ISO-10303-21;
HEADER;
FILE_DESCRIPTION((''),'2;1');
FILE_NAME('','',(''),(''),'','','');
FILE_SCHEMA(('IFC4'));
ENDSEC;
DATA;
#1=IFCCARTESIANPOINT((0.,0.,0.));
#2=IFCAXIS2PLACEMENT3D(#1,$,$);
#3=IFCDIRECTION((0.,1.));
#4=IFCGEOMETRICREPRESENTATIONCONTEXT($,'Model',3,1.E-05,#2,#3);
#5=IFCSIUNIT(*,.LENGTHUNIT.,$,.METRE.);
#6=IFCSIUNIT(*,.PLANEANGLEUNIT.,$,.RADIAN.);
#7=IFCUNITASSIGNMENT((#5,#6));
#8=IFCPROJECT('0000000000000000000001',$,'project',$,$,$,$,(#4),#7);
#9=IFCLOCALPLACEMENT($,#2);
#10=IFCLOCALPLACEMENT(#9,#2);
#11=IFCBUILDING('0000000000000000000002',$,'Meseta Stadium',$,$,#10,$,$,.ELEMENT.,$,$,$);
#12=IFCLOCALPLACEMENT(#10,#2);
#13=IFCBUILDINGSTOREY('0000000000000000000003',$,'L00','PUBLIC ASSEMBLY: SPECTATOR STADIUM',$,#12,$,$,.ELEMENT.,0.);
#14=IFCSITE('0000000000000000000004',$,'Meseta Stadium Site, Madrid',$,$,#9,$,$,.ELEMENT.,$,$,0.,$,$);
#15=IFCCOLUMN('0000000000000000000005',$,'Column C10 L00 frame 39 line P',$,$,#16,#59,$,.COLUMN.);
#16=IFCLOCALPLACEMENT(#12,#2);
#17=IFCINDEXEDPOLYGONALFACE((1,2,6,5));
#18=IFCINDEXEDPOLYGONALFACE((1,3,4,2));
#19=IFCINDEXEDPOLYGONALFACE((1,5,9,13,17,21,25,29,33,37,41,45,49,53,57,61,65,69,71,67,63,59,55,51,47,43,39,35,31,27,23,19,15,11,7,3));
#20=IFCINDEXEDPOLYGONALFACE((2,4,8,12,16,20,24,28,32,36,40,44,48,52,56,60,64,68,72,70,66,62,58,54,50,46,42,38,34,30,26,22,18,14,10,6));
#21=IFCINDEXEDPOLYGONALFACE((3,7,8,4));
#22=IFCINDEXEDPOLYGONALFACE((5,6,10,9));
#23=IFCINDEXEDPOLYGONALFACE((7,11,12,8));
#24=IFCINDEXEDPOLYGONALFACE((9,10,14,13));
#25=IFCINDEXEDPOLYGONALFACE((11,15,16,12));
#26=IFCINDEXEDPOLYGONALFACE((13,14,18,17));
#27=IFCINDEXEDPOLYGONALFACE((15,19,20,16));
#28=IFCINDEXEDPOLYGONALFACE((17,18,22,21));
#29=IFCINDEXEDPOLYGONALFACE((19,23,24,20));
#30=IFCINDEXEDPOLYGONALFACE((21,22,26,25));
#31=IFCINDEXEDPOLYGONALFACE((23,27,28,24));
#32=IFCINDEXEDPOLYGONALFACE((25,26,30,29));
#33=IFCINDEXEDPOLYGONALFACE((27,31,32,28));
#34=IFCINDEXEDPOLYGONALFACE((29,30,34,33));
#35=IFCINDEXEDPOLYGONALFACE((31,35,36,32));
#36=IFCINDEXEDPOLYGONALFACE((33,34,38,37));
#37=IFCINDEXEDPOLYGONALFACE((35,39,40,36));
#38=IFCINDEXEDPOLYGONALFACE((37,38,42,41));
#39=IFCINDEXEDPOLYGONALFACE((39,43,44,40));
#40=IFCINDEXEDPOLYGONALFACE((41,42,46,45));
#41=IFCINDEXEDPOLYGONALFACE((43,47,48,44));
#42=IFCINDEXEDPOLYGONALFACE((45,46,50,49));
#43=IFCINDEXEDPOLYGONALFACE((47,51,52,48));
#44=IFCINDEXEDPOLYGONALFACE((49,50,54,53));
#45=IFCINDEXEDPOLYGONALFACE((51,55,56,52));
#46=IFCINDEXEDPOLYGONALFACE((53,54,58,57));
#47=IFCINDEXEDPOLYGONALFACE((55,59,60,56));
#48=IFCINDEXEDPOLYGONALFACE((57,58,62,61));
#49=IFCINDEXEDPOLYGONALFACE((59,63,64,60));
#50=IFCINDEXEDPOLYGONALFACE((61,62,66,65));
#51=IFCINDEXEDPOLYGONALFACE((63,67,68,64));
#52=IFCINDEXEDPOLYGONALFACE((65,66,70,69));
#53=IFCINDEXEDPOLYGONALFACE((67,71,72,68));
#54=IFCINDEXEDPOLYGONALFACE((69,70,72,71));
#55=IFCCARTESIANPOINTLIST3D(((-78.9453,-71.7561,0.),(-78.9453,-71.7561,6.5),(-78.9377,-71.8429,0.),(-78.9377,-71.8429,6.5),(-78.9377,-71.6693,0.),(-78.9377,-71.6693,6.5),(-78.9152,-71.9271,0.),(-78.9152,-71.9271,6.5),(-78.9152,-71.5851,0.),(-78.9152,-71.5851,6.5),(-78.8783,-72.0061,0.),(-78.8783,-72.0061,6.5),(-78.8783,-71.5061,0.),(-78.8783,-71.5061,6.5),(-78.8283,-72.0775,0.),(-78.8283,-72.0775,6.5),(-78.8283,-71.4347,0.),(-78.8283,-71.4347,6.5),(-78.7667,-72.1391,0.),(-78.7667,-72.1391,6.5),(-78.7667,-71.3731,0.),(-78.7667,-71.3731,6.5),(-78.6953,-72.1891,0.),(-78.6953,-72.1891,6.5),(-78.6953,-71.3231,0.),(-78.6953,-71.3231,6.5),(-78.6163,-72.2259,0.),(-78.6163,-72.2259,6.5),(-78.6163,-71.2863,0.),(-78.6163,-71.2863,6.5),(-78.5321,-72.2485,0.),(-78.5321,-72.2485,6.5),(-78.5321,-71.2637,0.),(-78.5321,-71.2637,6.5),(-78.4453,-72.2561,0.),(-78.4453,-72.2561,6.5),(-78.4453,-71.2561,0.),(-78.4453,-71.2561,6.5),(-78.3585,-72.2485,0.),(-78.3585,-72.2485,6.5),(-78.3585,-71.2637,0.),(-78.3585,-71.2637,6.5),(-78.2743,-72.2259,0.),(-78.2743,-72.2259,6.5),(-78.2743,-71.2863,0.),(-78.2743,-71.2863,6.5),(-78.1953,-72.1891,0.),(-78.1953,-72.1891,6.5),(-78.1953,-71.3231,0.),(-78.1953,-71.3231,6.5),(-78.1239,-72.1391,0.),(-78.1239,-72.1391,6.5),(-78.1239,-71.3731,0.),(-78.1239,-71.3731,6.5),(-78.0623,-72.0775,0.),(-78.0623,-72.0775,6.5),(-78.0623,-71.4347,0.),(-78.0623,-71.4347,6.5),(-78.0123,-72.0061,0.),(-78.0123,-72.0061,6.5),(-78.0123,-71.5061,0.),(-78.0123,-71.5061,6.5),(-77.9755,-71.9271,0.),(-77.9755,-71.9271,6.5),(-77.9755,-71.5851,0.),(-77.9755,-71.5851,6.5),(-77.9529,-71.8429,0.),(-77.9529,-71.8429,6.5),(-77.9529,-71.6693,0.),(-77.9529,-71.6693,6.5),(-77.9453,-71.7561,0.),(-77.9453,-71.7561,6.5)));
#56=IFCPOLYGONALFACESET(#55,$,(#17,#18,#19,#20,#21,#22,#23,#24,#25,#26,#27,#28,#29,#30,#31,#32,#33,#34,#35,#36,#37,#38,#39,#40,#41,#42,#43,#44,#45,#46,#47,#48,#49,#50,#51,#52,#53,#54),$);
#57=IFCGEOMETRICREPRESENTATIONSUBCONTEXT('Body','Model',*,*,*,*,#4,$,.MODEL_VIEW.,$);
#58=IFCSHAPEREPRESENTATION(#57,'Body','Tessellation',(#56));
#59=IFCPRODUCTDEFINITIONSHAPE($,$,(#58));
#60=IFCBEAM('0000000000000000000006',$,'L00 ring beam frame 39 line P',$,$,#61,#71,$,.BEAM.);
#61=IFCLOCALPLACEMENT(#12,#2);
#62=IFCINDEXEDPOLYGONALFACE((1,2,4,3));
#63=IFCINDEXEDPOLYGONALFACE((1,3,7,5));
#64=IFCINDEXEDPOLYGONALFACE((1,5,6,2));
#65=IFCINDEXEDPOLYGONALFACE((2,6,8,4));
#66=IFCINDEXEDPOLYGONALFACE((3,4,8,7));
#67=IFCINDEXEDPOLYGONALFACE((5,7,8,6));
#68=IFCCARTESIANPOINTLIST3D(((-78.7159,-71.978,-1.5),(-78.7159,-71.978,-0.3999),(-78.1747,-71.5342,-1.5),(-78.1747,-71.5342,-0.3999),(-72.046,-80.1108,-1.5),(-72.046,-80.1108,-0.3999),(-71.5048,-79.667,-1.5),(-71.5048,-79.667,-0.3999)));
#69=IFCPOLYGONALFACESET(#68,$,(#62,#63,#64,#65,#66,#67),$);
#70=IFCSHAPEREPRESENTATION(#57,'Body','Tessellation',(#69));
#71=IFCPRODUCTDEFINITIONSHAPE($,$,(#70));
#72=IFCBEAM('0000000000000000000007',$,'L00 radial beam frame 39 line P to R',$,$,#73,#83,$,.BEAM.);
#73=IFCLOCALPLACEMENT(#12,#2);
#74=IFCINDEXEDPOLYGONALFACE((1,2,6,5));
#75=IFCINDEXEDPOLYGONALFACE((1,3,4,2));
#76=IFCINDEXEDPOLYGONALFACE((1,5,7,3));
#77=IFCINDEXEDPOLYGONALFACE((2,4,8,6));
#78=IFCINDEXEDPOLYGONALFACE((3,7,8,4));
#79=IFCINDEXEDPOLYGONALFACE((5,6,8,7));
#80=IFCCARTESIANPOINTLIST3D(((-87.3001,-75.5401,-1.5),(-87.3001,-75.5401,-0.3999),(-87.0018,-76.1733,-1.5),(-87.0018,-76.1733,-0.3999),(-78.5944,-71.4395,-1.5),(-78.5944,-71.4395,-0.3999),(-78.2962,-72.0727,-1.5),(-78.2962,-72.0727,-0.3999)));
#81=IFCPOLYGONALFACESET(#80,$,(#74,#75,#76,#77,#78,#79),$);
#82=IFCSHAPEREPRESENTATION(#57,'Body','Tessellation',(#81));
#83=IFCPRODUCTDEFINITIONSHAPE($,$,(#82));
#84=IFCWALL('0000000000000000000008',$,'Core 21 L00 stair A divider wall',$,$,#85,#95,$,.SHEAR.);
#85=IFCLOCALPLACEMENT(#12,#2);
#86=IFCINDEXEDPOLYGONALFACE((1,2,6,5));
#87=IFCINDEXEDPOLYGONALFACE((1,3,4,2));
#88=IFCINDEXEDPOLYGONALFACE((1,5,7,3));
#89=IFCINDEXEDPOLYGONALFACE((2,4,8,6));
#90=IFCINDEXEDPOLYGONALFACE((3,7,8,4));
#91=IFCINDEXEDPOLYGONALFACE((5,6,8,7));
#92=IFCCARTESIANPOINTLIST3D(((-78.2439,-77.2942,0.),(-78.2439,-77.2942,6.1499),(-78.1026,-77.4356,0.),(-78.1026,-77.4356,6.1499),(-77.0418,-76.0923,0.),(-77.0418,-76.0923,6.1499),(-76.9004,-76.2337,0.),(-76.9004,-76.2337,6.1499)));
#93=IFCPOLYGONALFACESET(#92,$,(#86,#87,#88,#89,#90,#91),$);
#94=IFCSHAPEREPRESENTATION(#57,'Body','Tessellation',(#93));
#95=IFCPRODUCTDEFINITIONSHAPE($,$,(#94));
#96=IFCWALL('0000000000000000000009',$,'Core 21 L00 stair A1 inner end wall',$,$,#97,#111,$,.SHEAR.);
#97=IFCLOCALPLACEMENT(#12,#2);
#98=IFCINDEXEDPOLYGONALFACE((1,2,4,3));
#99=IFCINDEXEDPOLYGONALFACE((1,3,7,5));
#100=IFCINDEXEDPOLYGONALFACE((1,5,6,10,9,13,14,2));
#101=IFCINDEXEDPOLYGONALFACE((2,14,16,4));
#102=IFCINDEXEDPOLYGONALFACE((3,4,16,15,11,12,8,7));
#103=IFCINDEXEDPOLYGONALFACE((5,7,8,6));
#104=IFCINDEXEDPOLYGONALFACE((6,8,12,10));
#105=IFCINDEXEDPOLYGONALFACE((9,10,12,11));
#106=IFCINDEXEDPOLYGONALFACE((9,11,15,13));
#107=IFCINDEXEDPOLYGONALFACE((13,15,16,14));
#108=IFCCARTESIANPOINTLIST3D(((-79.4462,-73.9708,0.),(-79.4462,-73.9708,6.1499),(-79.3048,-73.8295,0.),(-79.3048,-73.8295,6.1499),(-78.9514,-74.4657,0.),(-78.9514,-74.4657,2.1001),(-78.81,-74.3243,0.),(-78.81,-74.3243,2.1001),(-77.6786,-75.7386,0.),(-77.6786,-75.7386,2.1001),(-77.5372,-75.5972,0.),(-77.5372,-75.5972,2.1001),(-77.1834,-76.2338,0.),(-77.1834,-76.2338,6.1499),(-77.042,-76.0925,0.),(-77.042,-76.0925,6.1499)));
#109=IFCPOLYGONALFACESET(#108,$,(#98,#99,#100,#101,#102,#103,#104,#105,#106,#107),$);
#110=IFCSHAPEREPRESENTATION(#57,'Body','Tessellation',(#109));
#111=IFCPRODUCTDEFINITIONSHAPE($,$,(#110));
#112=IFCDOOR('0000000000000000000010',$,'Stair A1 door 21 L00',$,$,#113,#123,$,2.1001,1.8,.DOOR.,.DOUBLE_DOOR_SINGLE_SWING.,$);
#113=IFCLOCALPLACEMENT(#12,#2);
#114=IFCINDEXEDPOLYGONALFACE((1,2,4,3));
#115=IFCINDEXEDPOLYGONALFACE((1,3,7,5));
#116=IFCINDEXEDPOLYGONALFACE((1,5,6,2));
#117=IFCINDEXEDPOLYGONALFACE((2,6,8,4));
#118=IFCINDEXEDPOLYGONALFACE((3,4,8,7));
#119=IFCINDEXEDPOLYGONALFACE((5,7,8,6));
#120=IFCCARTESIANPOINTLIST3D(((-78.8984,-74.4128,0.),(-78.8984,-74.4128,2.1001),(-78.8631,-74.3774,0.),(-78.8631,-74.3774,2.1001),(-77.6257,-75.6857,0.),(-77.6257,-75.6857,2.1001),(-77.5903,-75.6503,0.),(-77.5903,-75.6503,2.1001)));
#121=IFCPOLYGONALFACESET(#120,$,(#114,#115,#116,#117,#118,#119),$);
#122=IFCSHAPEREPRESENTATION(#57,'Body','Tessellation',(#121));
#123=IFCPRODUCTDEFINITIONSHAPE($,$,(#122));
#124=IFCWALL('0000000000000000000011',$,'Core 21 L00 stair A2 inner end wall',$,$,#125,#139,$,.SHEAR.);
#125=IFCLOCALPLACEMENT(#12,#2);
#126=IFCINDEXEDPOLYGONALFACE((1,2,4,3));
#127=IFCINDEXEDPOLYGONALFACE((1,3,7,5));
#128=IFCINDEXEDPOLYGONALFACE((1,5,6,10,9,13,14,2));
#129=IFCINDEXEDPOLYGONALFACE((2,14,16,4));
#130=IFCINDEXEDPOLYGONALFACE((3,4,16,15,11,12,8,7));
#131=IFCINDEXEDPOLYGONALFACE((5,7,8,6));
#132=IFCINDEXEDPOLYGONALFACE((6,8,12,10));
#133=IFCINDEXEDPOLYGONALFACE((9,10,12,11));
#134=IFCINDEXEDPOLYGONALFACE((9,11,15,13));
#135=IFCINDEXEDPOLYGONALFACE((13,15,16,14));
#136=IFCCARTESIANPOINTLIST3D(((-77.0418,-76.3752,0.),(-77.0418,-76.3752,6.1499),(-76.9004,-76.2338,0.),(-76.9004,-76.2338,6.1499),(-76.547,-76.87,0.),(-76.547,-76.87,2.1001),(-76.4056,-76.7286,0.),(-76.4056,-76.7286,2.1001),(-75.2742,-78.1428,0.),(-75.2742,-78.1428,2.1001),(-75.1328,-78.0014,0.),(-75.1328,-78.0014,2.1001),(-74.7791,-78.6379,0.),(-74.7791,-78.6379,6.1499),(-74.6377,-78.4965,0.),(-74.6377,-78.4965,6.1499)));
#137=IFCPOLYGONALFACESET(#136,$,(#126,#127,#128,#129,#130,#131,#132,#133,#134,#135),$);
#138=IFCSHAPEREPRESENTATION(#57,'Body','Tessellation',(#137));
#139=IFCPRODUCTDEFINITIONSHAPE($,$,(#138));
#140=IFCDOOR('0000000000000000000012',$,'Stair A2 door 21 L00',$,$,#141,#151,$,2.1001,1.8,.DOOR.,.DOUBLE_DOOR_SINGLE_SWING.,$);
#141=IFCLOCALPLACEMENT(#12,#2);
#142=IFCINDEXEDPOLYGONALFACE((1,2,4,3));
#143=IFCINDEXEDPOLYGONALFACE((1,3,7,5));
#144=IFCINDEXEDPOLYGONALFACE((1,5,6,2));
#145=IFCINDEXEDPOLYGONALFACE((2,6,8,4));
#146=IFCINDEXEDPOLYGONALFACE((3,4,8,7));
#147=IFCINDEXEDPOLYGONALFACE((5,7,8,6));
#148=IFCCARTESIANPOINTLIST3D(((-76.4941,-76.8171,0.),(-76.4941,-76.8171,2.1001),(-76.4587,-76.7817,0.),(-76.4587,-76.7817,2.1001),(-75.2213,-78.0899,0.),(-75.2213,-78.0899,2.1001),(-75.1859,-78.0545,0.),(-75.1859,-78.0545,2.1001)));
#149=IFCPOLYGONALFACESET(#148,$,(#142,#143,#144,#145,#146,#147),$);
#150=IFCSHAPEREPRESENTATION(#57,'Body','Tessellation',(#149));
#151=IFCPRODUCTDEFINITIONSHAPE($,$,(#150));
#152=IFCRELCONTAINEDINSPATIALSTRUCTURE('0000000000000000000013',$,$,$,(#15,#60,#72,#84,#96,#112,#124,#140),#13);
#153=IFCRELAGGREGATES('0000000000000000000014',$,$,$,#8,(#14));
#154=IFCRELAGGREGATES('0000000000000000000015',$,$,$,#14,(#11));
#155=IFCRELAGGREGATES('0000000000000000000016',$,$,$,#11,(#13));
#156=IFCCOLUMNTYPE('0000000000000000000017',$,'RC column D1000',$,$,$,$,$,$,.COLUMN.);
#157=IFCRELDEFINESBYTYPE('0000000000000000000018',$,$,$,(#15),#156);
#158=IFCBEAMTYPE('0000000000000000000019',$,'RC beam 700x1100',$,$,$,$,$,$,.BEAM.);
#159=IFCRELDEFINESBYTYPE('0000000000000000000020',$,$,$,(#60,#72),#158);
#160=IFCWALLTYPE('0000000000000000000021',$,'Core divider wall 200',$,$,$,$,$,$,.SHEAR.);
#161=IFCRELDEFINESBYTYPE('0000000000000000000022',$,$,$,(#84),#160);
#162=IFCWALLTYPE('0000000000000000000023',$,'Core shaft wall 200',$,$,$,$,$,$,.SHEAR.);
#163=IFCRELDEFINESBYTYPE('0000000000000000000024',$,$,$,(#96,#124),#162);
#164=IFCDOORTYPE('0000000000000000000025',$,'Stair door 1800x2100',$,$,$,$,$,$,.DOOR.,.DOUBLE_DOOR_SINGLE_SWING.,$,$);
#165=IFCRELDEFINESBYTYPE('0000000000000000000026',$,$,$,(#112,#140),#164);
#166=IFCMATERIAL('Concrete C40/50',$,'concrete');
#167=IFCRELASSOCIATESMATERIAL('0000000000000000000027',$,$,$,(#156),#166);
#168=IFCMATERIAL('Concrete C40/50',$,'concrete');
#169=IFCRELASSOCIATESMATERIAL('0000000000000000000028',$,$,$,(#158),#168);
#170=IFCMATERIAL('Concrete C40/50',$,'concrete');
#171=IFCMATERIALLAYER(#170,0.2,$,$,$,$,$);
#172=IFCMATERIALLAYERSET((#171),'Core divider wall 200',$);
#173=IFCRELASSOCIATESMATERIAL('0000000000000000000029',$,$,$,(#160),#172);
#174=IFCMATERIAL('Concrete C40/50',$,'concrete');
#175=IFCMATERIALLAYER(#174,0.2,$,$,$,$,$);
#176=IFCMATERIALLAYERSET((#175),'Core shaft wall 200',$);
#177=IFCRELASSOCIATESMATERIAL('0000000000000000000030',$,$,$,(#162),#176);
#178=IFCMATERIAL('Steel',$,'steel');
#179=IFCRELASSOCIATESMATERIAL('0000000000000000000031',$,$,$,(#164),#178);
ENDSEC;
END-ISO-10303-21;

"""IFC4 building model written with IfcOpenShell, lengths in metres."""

from ifc_helpers import new_model, si_unit, direction, frame, frame_2d, origin, origin_2d, place, context, subcontext, project, spatial, rectangle, circle, extrude, material, layer, layer_set, material_profile, profile_set, type_object, element, fill, save


model = new_model("IFC4")

# Units and contexts
model_context = context("Model", 3, precision=1e-05, world=origin(), true_north=direction((0.0, 1.0)))
body_context = subcontext(model_context, "Body", "Model", "MODEL_VIEW")
ifc_project = project(units=[si_unit("LENGTHUNIT", "METRE"), si_unit("PLANEANGLEUNIT", "RADIAN")], contexts=[model_context])

# Site, building, storey
site_placement = place(None, origin())
site = spatial("IfcSite", under=ifc_project, at=site_placement, Name="Meseta Stadium Site, Madrid", CompositionType="ELEMENT", RefElevation=0.0)
building_placement = place(site_placement, origin())
building = spatial("IfcBuilding", under=site, at=building_placement, Name="Meseta Stadium", CompositionType="ELEMENT")
storey_placement = place(building_placement, origin())
storey = spatial("IfcBuildingStorey", under=building, at=storey_placement, Name="L00", Description="PUBLIC ASSEMBLY: SPECTATOR STADIUM", CompositionType="ELEMENT", Elevation=0.0)

# Column
ifc_material_1 = material(Name="Concrete C40/50", Category="concrete")
ifc_material_profile_1 = material_profile(ifc_material_1, circle(Radius=0.5, at=origin_2d()), Name="RC D1000")
ifc_profile_set_1 = profile_set([ifc_material_profile_1], Name="Concrete C40/50")
column_type = type_object("IfcColumnType", Name="RC column D1000", PredefinedType="COLUMN", material=ifc_profile_set_1)
column_placement = place(storey_placement, frame((-78.4453, -71.7561, 0.0), z_axis=(0.0, 0.0, 1.0), x_axis=(1.0, 0.0, 0.0)))
element("IfcColumn", 1, at=column_placement, inside=storey, type_object=column_type, Name="Column C10 L00 frame 39 line P", PredefinedType="COLUMN", context=body_context, shape_type="SweptSolid", body=[
    extrude(circle(Radius=0.5, at=origin_2d()), origin(), (0.0, 0.0, 1.0), 6.5),
])

# Beams
ifc_material_2 = material(Name="Concrete C40/50", Category="concrete")
ifc_material_profile_2 = material_profile(ifc_material_2, rectangle(XDim=0.7, YDim=1.1001, at=origin_2d()), Name="RC 700x1100")
ifc_profile_set_2 = profile_set([ifc_material_profile_2], Name="Concrete C40/50")
beam_type = type_object("IfcBeamType", Name="RC beam 700x1100", PredefinedType="BEAM", material=ifc_profile_set_2)
beam_1_placement = place(storey_placement, frame((-78.4453, -71.7561, -0.95), z_axis=(0.634137, -0.77322, 0.0), x_axis=(0.77322, 0.634137, 0.0)))
element("IfcBeam", 2, at=beam_1_placement, inside=storey, type_object=beam_type, Name="L00 ring beam frame 39 line P", PredefinedType="BEAM", context=body_context, shape_type="SweptSolid", body=[
    extrude(rectangle(XDim=0.7, YDim=1.1001, at=origin_2d()), origin(), (0.0, 0.0, 1.0), 10.5181),
])
beam_2_placement = place(storey_placement, frame((-78.4453, -71.7561, -0.95), z_axis=(-0.904665, -0.426124, 0.0), x_axis=(0.426124, -0.904665, 0.0)))
element("IfcBeam", 3, at=beam_2_placement, inside=storey, type_object=beam_type, Name="L00 radial beam frame 39 line P to R", PredefinedType="BEAM", context=body_context, shape_type="SweptSolid", body=[
    extrude(rectangle(XDim=0.7, YDim=1.1001, at=origin_2d()), origin(), (0.0, 0.0, 1.0), 9.623),
])

# Wall
ifc_material_3 = material(Name="Concrete C40/50", Category="concrete")
ifc_layer_1 = layer(ifc_material_3, 0.2)
ifc_layer_set_1 = layer_set([ifc_layer_1], Name="Core divider wall 200")
wall_type_1 = type_object("IfcWallType", Name="Core divider wall 200", PredefinedType="SHEAR", material=ifc_layer_set_1)
wall_1_placement = place(storey_placement, frame((-78.1733, -77.365, 0.0), z_axis=(0.0, 0.0, 1.0), x_axis=(0.707179, 0.707035, 0.0)))
element("IfcWall", 4, at=wall_1_placement, inside=storey, type_object=wall_type_1, Name="Core 21 L00 stair A divider wall", PredefinedType="SHEAR", context=body_context, shape_type="SweptSolid", body=[
    extrude(rectangle(XDim=1.7, YDim=0.2, at=frame_2d((0.8501, 0.0))), origin(), (0.0, 0.0, 1.0), 6.1499),
])

# Walls, openings, doors
ifc_material_4 = material(Name="Concrete C40/50", Category="concrete")
ifc_layer_2 = layer(ifc_material_4, 0.2)
ifc_layer_set_2 = layer_set([ifc_layer_2], Name="Core shaft wall 200")
wall_type_2 = type_object("IfcWallType", Name="Core shaft wall 200", PredefinedType="SHEAR", material=ifc_layer_set_2)
wall_2_placement = place(storey_placement, frame((-79.3755, -73.9001, 0.0), z_axis=(0.0, 0.0, 1.0), x_axis=(0.707069, -0.707145, 0.0)))
wall_2 = element("IfcWall", 5, at=wall_2_placement, inside=storey, type_object=wall_type_2, Name="Core 21 L00 stair A1 inner end wall", PredefinedType="SHEAR", context=body_context, shape_type="SweptSolid", body=[
    extrude(rectangle(XDim=3.2002, YDim=0.2, at=frame_2d((1.6001, 0.0))), origin(), (0.0, 0.0, 1.0), 6.1499),
])
opening_1_placement = place(wall_2_placement, frame((0.7, 0.0, 0.0)))
opening_1 = element("IfcOpeningElement", 6, at=opening_1_placement, cuts=wall_2, PredefinedType="OPENING", context=body_context, shape_type="SweptSolid", body=[
    extrude(rectangle(XDim=1.8, YDim=2.1001, at=frame_2d((0.8999, 1.05))), frame((0.0, 0.1099, 0.0), z_axis=(0.0, -1.0, 0.0), x_axis=(1.0, 0.0, 0.0)), (0.0, 0.0, 1.0), 0.22),
])
ifc_material_5 = material(Name="Steel", Category="steel")
door_type = type_object("IfcDoorType", Name="Stair door 1800x2100", OperationType="DOUBLE_DOOR_SINGLE_SWING", PredefinedType="DOOR", material=ifc_material_5)
door_1_placement = place(opening_1_placement, origin())
door_1 = element("IfcDoor", 7, at=door_1_placement, inside=storey, type_object=door_type, Name="Stair A1 door 21 L00", OperationType="DOUBLE_DOOR_SINGLE_SWING", OverallHeight=2.1001, OverallWidth=1.8, PredefinedType="DOOR", context=body_context, shape_type="SweptSolid", body=[
    extrude(rectangle(XDim=1.8, YDim=2.1001, at=frame_2d((0.8999, 1.05))), frame((0.0, 0.0249, 0.0), z_axis=(0.0, -1.0, 0.0), x_axis=(1.0, 0.0, 0.0)), (0.0, 0.0, 1.0), 0.05),
])
fill(opening_1, door_1)
wall_3_placement = place(storey_placement, frame((-76.9712, -76.3044, 0.0), z_axis=(0.0, 0.0, 1.0), x_axis=(0.707107, -0.707107, 0.0)))
wall_3 = element("IfcWall", 8, at=wall_3_placement, inside=storey, type_object=wall_type_2, Name="Core 21 L00 stair A2 inner end wall", PredefinedType="SHEAR", context=body_context, shape_type="SweptSolid", body=[
    extrude(rectangle(XDim=3.2, YDim=0.2, at=frame_2d((1.6001, 0.0))), origin(), (0.0, 0.0, 1.0), 6.1499),
])
opening_2_placement = place(wall_3_placement, frame((0.7, 0.0, 0.0)))
opening_2 = element("IfcOpeningElement", 9, at=opening_2_placement, cuts=wall_3, PredefinedType="OPENING", context=body_context, shape_type="SweptSolid", body=[
    extrude(rectangle(XDim=1.8, YDim=2.1001, at=frame_2d((0.8999, 1.05))), frame((0.0, 0.1099, 0.0), z_axis=(0.0, -1.0, 0.0), x_axis=(1.0, 0.0, 0.0)), (0.0, 0.0, 1.0), 0.22),
])
door_2_placement = place(opening_2_placement, origin())
door_2 = element("IfcDoor", 10, at=door_2_placement, inside=storey, type_object=door_type, Name="Stair A2 door 21 L00", OperationType="DOUBLE_DOOR_SINGLE_SWING", OverallHeight=2.1001, OverallWidth=1.8, PredefinedType="DOOR", context=body_context, shape_type="SweptSolid", body=[
    extrude(rectangle(XDim=1.8, YDim=2.1001, at=frame_2d((0.8999, 1.05))), frame((0.0, 0.0249, 0.0), z_axis=(0.0, -1.0, 0.0), x_axis=(1.0, 0.0, 0.0)), (0.0, 0.0, 1.0), 0.05),
])
fill(opening_2, door_2)

save(model, "model.ifc")
